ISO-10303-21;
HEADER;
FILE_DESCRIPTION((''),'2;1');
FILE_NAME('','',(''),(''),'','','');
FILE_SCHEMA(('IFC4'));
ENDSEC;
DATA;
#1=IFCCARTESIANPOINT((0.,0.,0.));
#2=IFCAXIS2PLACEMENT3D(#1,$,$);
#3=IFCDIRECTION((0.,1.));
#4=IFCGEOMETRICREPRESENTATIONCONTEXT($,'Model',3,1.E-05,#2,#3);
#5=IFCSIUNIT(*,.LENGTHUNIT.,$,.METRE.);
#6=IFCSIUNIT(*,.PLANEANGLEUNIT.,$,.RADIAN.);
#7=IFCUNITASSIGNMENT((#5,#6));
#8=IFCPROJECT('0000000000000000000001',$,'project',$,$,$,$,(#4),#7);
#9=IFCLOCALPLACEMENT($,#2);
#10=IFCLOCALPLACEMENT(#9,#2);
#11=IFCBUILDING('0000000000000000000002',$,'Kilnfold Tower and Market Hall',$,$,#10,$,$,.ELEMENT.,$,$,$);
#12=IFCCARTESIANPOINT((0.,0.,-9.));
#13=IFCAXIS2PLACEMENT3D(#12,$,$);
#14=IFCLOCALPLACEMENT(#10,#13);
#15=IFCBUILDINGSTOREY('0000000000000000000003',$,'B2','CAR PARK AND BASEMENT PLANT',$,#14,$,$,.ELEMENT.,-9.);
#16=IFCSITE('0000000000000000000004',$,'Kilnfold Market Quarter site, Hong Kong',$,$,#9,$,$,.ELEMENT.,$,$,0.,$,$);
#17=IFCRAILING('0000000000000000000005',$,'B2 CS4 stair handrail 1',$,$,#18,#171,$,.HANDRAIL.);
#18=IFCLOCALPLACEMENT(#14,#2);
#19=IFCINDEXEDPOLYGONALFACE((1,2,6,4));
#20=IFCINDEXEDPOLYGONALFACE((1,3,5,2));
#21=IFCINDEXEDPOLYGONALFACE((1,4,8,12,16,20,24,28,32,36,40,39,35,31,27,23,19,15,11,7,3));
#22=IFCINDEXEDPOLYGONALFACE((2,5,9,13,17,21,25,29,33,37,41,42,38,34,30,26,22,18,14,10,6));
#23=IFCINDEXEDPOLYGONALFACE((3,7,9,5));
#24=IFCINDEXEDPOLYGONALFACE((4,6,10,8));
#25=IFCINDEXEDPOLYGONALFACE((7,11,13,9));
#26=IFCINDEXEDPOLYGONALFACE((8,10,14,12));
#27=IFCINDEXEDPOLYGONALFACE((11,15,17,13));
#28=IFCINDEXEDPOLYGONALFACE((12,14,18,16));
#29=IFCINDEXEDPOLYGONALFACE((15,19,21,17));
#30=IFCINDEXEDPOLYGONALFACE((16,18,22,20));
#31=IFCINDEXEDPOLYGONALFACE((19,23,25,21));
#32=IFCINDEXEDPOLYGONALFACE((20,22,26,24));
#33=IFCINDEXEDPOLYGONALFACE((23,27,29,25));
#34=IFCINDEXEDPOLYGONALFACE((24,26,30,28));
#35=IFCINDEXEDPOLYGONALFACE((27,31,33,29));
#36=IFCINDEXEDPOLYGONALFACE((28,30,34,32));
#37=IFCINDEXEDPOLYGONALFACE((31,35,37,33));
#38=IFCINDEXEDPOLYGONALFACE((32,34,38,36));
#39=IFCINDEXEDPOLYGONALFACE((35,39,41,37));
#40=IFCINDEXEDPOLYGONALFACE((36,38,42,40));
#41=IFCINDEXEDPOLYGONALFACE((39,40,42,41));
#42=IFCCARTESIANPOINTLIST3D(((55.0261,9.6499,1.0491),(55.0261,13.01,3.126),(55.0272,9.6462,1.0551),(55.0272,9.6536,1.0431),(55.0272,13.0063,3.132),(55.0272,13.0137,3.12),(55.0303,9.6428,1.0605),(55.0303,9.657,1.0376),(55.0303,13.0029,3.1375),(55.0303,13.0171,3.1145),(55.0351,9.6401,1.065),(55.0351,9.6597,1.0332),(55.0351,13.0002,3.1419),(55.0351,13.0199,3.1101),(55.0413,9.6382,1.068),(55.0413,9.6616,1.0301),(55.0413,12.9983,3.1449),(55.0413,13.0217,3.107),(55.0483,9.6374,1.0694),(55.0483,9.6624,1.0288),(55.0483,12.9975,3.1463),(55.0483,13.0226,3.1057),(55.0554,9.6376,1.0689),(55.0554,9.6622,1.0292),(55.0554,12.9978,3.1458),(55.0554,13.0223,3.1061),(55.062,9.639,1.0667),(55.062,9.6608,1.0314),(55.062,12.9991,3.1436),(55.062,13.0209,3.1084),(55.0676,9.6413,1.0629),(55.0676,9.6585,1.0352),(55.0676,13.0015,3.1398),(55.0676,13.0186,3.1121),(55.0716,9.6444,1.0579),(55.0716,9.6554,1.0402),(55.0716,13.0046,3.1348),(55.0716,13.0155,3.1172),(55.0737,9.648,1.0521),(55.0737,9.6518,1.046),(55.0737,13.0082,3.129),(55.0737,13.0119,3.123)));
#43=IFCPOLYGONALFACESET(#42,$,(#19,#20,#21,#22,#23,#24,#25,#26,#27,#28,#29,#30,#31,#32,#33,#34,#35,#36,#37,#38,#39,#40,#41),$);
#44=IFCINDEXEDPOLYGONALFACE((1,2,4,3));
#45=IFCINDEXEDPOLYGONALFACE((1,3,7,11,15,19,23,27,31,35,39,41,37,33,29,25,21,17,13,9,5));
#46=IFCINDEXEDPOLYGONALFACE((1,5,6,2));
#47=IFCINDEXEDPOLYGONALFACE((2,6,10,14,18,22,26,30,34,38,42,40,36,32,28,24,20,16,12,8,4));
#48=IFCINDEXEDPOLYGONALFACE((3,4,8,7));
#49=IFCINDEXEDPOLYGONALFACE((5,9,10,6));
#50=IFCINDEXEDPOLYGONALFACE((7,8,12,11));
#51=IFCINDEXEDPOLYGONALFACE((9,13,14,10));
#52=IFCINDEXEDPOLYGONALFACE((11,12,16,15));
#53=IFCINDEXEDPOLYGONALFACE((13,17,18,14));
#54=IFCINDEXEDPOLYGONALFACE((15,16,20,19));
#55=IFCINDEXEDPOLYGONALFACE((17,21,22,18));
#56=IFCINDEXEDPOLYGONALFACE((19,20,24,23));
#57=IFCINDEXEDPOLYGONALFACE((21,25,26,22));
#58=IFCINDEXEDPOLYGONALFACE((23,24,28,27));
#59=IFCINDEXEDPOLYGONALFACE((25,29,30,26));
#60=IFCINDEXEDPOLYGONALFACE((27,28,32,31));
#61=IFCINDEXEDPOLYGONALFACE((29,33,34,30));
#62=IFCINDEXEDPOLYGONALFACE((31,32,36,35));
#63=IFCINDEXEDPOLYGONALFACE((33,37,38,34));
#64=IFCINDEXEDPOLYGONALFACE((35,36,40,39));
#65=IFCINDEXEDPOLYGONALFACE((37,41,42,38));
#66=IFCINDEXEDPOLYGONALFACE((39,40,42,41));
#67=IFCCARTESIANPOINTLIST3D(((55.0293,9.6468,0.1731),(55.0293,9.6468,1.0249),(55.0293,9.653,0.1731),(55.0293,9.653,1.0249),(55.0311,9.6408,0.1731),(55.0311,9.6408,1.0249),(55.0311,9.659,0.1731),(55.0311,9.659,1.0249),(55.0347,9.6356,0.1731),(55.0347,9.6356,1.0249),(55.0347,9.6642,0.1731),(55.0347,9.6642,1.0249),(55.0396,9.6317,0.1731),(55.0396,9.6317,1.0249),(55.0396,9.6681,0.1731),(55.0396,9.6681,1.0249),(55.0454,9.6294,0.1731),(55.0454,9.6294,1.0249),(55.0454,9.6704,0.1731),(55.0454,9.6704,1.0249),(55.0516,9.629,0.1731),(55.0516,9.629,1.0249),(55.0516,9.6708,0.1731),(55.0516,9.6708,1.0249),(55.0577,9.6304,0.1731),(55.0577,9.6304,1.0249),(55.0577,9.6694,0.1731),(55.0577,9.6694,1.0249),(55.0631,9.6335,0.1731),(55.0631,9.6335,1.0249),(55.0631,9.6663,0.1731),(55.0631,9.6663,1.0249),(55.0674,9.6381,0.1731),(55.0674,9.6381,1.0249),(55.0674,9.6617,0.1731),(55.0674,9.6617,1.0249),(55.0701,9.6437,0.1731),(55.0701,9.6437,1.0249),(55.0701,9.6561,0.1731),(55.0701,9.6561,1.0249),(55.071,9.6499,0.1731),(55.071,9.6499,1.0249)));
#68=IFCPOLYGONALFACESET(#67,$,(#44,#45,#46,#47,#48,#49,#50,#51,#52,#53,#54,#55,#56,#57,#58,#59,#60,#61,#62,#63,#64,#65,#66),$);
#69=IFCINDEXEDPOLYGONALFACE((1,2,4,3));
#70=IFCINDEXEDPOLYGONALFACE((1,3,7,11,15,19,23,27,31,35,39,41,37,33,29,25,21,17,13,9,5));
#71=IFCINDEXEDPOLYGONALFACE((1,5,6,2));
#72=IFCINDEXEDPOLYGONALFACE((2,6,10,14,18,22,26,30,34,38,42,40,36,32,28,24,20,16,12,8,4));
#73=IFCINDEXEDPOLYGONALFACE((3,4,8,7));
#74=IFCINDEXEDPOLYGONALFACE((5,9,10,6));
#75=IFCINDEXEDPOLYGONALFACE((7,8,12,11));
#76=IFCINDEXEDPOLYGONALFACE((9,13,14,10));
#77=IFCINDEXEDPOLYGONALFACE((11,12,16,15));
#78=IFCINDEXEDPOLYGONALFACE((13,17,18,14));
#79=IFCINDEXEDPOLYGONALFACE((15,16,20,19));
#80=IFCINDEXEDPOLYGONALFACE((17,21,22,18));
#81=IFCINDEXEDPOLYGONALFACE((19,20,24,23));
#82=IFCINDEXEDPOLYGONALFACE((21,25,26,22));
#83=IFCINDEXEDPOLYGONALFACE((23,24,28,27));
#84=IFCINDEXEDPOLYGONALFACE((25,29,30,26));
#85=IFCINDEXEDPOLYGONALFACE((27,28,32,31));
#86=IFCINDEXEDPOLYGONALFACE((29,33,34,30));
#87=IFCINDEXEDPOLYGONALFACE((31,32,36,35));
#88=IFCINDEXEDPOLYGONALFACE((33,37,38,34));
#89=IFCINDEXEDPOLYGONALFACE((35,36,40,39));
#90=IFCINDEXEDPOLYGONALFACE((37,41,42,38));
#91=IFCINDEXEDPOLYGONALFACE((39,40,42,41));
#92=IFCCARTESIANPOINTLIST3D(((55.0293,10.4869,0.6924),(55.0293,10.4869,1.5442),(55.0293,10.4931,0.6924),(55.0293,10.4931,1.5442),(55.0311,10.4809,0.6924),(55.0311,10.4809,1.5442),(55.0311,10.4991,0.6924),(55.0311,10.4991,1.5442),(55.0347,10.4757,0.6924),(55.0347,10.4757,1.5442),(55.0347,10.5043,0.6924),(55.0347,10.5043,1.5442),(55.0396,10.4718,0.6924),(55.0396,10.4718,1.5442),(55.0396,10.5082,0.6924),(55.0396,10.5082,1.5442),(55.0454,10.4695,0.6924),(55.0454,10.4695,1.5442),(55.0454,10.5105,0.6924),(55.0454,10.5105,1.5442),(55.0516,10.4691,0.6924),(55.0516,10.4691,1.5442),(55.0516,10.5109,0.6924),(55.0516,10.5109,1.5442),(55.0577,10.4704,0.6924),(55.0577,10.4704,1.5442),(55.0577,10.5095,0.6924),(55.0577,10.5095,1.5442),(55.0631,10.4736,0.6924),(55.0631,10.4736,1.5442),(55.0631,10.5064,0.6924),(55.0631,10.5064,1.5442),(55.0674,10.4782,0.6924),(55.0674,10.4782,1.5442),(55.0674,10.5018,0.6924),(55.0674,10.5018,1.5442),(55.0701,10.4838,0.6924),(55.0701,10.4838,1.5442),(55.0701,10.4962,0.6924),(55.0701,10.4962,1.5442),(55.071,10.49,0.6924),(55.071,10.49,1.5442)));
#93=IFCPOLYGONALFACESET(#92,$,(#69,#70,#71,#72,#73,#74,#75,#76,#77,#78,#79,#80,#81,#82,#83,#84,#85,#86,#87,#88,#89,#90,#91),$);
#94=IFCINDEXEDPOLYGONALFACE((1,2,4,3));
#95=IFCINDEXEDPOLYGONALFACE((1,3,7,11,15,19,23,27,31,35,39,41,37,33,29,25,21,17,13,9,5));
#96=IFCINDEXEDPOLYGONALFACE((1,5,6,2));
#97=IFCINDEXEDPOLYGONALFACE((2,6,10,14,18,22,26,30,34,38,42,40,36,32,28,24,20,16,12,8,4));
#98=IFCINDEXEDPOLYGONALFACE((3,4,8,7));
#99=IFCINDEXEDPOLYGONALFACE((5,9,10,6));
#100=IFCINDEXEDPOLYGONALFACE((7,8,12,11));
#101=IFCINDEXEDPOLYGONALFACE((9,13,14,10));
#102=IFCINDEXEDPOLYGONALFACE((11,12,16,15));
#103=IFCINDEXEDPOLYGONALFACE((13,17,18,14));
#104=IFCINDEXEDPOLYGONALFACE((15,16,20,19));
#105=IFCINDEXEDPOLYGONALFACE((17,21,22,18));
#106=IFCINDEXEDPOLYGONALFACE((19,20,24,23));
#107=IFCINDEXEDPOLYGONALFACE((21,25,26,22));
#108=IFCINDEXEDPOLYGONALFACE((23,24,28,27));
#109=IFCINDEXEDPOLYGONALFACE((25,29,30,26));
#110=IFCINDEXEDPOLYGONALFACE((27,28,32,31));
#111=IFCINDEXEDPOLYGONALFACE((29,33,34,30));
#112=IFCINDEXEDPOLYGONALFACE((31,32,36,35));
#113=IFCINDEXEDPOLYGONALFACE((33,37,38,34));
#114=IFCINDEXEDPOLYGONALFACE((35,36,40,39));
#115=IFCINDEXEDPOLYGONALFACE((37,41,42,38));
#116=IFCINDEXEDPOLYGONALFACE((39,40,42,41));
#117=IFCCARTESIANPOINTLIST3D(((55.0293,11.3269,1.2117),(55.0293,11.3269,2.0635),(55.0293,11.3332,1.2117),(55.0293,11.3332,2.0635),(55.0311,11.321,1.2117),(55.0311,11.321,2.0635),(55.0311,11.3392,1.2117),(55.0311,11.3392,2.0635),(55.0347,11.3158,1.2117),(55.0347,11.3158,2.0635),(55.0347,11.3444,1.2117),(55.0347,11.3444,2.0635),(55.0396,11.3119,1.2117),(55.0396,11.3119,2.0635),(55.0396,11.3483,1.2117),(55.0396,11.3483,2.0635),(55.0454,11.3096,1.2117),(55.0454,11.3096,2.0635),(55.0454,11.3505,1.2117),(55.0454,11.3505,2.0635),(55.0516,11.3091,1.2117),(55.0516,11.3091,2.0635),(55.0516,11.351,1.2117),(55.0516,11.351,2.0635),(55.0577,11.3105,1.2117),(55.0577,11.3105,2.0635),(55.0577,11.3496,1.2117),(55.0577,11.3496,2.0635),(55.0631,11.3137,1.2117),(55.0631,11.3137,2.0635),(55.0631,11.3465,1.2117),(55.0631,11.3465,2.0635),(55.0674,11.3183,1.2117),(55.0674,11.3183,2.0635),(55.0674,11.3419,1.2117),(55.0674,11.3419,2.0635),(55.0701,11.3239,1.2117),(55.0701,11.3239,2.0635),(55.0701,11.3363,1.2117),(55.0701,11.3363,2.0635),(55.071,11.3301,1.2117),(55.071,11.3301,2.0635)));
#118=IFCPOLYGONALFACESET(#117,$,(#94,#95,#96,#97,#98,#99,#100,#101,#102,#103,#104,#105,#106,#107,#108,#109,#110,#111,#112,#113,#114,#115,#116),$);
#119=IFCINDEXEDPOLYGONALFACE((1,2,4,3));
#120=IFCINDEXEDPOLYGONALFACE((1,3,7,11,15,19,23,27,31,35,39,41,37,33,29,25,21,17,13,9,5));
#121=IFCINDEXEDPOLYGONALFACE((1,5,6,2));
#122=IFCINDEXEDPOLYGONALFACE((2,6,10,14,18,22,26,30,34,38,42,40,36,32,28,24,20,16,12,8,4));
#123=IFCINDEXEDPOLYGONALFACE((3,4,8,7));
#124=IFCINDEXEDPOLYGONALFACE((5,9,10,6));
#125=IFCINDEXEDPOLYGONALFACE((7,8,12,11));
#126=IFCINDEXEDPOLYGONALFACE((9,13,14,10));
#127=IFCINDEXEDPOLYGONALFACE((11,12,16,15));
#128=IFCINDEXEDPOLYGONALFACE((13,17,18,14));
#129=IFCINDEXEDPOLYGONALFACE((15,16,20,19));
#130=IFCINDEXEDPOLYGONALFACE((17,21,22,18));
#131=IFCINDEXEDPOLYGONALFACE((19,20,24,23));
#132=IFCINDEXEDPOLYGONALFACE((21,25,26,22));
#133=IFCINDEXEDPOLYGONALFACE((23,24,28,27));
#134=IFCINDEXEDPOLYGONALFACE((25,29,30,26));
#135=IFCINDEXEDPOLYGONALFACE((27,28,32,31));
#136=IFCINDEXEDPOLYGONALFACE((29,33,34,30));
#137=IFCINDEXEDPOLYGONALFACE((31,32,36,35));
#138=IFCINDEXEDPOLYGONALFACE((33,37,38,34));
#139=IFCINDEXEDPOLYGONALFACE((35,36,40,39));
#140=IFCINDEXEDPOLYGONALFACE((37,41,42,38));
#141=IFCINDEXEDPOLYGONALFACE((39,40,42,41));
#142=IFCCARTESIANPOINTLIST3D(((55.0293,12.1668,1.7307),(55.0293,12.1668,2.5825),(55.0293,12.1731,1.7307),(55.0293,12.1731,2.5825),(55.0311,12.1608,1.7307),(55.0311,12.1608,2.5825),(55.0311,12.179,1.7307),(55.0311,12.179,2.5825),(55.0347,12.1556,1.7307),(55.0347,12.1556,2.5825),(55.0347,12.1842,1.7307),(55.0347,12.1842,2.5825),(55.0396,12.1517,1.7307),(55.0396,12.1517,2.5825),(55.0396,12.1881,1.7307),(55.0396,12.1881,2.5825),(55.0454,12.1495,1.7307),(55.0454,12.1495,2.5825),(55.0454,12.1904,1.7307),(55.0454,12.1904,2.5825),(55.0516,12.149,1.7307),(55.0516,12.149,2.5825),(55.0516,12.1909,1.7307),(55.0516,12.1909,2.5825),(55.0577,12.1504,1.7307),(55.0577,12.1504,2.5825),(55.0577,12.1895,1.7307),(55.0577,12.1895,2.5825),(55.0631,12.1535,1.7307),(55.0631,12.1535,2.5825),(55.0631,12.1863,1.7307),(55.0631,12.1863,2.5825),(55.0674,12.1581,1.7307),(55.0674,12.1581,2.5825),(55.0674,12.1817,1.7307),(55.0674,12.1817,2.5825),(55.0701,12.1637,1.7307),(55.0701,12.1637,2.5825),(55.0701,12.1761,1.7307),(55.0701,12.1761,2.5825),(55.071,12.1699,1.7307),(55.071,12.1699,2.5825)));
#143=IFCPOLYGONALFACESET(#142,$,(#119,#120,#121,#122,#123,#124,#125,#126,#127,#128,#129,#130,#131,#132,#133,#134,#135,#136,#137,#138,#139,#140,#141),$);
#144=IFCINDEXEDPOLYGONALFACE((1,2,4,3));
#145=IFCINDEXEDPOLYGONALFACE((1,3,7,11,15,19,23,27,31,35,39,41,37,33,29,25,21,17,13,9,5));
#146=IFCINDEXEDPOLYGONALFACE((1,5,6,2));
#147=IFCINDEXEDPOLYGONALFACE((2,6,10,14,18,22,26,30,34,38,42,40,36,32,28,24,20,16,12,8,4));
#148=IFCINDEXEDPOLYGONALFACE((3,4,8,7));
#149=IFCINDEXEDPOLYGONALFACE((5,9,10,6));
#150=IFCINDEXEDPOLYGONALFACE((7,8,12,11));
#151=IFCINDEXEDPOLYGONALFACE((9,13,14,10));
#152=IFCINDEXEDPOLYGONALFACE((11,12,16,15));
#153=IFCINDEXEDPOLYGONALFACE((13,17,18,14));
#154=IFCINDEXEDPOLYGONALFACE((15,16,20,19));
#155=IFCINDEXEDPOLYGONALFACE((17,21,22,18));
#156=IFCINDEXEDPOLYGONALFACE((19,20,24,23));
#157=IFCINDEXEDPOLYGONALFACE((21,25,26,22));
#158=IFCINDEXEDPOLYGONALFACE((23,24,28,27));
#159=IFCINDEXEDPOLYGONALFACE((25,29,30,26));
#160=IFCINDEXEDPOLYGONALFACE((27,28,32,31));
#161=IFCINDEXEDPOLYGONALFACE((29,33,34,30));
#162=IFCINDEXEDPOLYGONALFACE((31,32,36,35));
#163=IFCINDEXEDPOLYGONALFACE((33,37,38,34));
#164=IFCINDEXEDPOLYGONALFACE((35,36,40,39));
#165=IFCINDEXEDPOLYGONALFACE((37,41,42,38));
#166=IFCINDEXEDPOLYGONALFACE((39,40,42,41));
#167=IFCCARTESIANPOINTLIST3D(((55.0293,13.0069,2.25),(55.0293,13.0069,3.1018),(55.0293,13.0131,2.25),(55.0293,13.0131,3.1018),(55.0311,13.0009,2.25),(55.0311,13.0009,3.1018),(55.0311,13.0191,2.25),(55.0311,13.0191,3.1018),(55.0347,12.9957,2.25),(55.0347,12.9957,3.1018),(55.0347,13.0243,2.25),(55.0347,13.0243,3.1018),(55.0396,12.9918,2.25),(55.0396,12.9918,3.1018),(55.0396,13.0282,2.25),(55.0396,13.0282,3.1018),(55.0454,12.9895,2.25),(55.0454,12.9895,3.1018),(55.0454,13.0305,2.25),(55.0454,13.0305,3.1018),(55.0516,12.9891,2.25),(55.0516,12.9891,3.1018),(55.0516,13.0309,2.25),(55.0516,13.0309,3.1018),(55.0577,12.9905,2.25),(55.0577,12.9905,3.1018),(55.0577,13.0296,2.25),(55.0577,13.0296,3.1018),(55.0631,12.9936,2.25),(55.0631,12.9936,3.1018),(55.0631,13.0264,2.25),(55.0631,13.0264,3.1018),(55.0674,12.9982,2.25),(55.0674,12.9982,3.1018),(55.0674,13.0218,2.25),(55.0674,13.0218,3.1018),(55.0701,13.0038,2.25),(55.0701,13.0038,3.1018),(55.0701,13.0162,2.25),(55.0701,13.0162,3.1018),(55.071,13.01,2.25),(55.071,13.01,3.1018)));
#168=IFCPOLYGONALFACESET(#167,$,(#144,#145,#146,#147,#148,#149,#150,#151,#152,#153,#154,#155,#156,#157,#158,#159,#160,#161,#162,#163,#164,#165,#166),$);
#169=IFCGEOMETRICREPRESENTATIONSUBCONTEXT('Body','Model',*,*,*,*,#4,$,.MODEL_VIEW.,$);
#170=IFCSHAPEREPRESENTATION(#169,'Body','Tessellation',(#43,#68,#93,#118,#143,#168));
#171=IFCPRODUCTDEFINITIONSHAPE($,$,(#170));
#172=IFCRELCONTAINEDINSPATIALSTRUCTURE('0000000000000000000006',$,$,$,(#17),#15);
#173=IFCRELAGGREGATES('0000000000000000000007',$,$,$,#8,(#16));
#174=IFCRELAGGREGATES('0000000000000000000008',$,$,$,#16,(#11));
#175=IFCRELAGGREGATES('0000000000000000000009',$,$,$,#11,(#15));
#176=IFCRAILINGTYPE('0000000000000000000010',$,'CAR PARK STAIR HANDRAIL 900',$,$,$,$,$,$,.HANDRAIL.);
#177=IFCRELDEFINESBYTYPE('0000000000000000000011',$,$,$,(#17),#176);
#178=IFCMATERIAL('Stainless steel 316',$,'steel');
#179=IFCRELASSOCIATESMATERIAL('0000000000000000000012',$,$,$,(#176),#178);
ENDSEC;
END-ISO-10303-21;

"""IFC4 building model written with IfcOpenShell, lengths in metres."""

from ifc_helpers import new_model, si_unit, direction, frame, origin, origin_2d, place, context, subcontext, project, spatial, circle, extrude, material, type_object, element, save


model = new_model("IFC4")

# Units and contexts
model_context = context("Model", 3, precision=1e-05, world=origin(), true_north=direction((0.0, 1.0)))
body_context = subcontext(model_context, "Body", "Model", "MODEL_VIEW")
ifc_project = project(units=[si_unit("LENGTHUNIT", "METRE"), si_unit("PLANEANGLEUNIT", "RADIAN")], contexts=[model_context])

# Site, building, storey
site_placement = place(None, origin())
site = spatial("IfcSite", under=ifc_project, at=site_placement, Name="Kilnfold Market Quarter site, Hong Kong", CompositionType="ELEMENT", RefElevation=0.0)
building_placement = place(site_placement, origin())
building = spatial("IfcBuilding", under=site, at=building_placement, Name="Kilnfold Tower and Market Hall", CompositionType="ELEMENT")
storey_placement = place(building_placement, frame((0.0, 0.0, -9.0)))
storey = spatial("IfcBuildingStorey", under=building, at=storey_placement, Name="B2", Description="CAR PARK AND BASEMENT PLANT", CompositionType="ELEMENT", Elevation=-9.0)

# Railing
ifc_material_1 = material(Name="Stainless steel 316", Category="steel")
railing_type_1 = type_object("IfcRailingType", Name="CAR PARK STAIR HANDRAIL 900", PredefinedType="HANDRAIL", material=ifc_material_1)
railing_1_placement = place(storey_placement, frame((55.05, 9.6499, 0.1731)))
element("IfcRailing", 1, at=railing_1_placement, inside=storey, type_object=railing_type_1, Name="B2 CS4 stair handrail 1", PredefinedType="HANDRAIL", context=body_context, shape_type="SweptSolid", body=[
    extrude(circle(Radius=0.0239, at=origin_2d()), frame((0.0, 0.0, 0.876), z_axis=(0.0, 0.850623, 0.525776), x_axis=(-1.0, 0.0, 0.0)), (0.0, 0.0, 1.0), 3.9502),
    extrude(circle(Radius=0.021, at=origin_2d()), origin(), (0.0, 0.0, 1.0), 0.8518),
    extrude(circle(Radius=0.021, at=origin_2d()), frame((0.0, 0.8401, 0.5193)), (0.0, 0.0, 1.0), 0.8518),
    extrude(circle(Radius=0.021, at=origin_2d()), frame((0.0, 1.6802, 1.0386)), (0.0, 0.0, 1.0), 0.8518),
    extrude(circle(Radius=0.021, at=origin_2d()), frame((0.0, 2.52, 1.5576)), (0.0, 0.0, 1.0), 0.8518),
    extrude(circle(Radius=0.021, at=origin_2d()), frame((0.0, 3.3601, 2.0769)), (0.0, 0.0, 1.0), 0.8518),
])

save(model, "model.ifc")
